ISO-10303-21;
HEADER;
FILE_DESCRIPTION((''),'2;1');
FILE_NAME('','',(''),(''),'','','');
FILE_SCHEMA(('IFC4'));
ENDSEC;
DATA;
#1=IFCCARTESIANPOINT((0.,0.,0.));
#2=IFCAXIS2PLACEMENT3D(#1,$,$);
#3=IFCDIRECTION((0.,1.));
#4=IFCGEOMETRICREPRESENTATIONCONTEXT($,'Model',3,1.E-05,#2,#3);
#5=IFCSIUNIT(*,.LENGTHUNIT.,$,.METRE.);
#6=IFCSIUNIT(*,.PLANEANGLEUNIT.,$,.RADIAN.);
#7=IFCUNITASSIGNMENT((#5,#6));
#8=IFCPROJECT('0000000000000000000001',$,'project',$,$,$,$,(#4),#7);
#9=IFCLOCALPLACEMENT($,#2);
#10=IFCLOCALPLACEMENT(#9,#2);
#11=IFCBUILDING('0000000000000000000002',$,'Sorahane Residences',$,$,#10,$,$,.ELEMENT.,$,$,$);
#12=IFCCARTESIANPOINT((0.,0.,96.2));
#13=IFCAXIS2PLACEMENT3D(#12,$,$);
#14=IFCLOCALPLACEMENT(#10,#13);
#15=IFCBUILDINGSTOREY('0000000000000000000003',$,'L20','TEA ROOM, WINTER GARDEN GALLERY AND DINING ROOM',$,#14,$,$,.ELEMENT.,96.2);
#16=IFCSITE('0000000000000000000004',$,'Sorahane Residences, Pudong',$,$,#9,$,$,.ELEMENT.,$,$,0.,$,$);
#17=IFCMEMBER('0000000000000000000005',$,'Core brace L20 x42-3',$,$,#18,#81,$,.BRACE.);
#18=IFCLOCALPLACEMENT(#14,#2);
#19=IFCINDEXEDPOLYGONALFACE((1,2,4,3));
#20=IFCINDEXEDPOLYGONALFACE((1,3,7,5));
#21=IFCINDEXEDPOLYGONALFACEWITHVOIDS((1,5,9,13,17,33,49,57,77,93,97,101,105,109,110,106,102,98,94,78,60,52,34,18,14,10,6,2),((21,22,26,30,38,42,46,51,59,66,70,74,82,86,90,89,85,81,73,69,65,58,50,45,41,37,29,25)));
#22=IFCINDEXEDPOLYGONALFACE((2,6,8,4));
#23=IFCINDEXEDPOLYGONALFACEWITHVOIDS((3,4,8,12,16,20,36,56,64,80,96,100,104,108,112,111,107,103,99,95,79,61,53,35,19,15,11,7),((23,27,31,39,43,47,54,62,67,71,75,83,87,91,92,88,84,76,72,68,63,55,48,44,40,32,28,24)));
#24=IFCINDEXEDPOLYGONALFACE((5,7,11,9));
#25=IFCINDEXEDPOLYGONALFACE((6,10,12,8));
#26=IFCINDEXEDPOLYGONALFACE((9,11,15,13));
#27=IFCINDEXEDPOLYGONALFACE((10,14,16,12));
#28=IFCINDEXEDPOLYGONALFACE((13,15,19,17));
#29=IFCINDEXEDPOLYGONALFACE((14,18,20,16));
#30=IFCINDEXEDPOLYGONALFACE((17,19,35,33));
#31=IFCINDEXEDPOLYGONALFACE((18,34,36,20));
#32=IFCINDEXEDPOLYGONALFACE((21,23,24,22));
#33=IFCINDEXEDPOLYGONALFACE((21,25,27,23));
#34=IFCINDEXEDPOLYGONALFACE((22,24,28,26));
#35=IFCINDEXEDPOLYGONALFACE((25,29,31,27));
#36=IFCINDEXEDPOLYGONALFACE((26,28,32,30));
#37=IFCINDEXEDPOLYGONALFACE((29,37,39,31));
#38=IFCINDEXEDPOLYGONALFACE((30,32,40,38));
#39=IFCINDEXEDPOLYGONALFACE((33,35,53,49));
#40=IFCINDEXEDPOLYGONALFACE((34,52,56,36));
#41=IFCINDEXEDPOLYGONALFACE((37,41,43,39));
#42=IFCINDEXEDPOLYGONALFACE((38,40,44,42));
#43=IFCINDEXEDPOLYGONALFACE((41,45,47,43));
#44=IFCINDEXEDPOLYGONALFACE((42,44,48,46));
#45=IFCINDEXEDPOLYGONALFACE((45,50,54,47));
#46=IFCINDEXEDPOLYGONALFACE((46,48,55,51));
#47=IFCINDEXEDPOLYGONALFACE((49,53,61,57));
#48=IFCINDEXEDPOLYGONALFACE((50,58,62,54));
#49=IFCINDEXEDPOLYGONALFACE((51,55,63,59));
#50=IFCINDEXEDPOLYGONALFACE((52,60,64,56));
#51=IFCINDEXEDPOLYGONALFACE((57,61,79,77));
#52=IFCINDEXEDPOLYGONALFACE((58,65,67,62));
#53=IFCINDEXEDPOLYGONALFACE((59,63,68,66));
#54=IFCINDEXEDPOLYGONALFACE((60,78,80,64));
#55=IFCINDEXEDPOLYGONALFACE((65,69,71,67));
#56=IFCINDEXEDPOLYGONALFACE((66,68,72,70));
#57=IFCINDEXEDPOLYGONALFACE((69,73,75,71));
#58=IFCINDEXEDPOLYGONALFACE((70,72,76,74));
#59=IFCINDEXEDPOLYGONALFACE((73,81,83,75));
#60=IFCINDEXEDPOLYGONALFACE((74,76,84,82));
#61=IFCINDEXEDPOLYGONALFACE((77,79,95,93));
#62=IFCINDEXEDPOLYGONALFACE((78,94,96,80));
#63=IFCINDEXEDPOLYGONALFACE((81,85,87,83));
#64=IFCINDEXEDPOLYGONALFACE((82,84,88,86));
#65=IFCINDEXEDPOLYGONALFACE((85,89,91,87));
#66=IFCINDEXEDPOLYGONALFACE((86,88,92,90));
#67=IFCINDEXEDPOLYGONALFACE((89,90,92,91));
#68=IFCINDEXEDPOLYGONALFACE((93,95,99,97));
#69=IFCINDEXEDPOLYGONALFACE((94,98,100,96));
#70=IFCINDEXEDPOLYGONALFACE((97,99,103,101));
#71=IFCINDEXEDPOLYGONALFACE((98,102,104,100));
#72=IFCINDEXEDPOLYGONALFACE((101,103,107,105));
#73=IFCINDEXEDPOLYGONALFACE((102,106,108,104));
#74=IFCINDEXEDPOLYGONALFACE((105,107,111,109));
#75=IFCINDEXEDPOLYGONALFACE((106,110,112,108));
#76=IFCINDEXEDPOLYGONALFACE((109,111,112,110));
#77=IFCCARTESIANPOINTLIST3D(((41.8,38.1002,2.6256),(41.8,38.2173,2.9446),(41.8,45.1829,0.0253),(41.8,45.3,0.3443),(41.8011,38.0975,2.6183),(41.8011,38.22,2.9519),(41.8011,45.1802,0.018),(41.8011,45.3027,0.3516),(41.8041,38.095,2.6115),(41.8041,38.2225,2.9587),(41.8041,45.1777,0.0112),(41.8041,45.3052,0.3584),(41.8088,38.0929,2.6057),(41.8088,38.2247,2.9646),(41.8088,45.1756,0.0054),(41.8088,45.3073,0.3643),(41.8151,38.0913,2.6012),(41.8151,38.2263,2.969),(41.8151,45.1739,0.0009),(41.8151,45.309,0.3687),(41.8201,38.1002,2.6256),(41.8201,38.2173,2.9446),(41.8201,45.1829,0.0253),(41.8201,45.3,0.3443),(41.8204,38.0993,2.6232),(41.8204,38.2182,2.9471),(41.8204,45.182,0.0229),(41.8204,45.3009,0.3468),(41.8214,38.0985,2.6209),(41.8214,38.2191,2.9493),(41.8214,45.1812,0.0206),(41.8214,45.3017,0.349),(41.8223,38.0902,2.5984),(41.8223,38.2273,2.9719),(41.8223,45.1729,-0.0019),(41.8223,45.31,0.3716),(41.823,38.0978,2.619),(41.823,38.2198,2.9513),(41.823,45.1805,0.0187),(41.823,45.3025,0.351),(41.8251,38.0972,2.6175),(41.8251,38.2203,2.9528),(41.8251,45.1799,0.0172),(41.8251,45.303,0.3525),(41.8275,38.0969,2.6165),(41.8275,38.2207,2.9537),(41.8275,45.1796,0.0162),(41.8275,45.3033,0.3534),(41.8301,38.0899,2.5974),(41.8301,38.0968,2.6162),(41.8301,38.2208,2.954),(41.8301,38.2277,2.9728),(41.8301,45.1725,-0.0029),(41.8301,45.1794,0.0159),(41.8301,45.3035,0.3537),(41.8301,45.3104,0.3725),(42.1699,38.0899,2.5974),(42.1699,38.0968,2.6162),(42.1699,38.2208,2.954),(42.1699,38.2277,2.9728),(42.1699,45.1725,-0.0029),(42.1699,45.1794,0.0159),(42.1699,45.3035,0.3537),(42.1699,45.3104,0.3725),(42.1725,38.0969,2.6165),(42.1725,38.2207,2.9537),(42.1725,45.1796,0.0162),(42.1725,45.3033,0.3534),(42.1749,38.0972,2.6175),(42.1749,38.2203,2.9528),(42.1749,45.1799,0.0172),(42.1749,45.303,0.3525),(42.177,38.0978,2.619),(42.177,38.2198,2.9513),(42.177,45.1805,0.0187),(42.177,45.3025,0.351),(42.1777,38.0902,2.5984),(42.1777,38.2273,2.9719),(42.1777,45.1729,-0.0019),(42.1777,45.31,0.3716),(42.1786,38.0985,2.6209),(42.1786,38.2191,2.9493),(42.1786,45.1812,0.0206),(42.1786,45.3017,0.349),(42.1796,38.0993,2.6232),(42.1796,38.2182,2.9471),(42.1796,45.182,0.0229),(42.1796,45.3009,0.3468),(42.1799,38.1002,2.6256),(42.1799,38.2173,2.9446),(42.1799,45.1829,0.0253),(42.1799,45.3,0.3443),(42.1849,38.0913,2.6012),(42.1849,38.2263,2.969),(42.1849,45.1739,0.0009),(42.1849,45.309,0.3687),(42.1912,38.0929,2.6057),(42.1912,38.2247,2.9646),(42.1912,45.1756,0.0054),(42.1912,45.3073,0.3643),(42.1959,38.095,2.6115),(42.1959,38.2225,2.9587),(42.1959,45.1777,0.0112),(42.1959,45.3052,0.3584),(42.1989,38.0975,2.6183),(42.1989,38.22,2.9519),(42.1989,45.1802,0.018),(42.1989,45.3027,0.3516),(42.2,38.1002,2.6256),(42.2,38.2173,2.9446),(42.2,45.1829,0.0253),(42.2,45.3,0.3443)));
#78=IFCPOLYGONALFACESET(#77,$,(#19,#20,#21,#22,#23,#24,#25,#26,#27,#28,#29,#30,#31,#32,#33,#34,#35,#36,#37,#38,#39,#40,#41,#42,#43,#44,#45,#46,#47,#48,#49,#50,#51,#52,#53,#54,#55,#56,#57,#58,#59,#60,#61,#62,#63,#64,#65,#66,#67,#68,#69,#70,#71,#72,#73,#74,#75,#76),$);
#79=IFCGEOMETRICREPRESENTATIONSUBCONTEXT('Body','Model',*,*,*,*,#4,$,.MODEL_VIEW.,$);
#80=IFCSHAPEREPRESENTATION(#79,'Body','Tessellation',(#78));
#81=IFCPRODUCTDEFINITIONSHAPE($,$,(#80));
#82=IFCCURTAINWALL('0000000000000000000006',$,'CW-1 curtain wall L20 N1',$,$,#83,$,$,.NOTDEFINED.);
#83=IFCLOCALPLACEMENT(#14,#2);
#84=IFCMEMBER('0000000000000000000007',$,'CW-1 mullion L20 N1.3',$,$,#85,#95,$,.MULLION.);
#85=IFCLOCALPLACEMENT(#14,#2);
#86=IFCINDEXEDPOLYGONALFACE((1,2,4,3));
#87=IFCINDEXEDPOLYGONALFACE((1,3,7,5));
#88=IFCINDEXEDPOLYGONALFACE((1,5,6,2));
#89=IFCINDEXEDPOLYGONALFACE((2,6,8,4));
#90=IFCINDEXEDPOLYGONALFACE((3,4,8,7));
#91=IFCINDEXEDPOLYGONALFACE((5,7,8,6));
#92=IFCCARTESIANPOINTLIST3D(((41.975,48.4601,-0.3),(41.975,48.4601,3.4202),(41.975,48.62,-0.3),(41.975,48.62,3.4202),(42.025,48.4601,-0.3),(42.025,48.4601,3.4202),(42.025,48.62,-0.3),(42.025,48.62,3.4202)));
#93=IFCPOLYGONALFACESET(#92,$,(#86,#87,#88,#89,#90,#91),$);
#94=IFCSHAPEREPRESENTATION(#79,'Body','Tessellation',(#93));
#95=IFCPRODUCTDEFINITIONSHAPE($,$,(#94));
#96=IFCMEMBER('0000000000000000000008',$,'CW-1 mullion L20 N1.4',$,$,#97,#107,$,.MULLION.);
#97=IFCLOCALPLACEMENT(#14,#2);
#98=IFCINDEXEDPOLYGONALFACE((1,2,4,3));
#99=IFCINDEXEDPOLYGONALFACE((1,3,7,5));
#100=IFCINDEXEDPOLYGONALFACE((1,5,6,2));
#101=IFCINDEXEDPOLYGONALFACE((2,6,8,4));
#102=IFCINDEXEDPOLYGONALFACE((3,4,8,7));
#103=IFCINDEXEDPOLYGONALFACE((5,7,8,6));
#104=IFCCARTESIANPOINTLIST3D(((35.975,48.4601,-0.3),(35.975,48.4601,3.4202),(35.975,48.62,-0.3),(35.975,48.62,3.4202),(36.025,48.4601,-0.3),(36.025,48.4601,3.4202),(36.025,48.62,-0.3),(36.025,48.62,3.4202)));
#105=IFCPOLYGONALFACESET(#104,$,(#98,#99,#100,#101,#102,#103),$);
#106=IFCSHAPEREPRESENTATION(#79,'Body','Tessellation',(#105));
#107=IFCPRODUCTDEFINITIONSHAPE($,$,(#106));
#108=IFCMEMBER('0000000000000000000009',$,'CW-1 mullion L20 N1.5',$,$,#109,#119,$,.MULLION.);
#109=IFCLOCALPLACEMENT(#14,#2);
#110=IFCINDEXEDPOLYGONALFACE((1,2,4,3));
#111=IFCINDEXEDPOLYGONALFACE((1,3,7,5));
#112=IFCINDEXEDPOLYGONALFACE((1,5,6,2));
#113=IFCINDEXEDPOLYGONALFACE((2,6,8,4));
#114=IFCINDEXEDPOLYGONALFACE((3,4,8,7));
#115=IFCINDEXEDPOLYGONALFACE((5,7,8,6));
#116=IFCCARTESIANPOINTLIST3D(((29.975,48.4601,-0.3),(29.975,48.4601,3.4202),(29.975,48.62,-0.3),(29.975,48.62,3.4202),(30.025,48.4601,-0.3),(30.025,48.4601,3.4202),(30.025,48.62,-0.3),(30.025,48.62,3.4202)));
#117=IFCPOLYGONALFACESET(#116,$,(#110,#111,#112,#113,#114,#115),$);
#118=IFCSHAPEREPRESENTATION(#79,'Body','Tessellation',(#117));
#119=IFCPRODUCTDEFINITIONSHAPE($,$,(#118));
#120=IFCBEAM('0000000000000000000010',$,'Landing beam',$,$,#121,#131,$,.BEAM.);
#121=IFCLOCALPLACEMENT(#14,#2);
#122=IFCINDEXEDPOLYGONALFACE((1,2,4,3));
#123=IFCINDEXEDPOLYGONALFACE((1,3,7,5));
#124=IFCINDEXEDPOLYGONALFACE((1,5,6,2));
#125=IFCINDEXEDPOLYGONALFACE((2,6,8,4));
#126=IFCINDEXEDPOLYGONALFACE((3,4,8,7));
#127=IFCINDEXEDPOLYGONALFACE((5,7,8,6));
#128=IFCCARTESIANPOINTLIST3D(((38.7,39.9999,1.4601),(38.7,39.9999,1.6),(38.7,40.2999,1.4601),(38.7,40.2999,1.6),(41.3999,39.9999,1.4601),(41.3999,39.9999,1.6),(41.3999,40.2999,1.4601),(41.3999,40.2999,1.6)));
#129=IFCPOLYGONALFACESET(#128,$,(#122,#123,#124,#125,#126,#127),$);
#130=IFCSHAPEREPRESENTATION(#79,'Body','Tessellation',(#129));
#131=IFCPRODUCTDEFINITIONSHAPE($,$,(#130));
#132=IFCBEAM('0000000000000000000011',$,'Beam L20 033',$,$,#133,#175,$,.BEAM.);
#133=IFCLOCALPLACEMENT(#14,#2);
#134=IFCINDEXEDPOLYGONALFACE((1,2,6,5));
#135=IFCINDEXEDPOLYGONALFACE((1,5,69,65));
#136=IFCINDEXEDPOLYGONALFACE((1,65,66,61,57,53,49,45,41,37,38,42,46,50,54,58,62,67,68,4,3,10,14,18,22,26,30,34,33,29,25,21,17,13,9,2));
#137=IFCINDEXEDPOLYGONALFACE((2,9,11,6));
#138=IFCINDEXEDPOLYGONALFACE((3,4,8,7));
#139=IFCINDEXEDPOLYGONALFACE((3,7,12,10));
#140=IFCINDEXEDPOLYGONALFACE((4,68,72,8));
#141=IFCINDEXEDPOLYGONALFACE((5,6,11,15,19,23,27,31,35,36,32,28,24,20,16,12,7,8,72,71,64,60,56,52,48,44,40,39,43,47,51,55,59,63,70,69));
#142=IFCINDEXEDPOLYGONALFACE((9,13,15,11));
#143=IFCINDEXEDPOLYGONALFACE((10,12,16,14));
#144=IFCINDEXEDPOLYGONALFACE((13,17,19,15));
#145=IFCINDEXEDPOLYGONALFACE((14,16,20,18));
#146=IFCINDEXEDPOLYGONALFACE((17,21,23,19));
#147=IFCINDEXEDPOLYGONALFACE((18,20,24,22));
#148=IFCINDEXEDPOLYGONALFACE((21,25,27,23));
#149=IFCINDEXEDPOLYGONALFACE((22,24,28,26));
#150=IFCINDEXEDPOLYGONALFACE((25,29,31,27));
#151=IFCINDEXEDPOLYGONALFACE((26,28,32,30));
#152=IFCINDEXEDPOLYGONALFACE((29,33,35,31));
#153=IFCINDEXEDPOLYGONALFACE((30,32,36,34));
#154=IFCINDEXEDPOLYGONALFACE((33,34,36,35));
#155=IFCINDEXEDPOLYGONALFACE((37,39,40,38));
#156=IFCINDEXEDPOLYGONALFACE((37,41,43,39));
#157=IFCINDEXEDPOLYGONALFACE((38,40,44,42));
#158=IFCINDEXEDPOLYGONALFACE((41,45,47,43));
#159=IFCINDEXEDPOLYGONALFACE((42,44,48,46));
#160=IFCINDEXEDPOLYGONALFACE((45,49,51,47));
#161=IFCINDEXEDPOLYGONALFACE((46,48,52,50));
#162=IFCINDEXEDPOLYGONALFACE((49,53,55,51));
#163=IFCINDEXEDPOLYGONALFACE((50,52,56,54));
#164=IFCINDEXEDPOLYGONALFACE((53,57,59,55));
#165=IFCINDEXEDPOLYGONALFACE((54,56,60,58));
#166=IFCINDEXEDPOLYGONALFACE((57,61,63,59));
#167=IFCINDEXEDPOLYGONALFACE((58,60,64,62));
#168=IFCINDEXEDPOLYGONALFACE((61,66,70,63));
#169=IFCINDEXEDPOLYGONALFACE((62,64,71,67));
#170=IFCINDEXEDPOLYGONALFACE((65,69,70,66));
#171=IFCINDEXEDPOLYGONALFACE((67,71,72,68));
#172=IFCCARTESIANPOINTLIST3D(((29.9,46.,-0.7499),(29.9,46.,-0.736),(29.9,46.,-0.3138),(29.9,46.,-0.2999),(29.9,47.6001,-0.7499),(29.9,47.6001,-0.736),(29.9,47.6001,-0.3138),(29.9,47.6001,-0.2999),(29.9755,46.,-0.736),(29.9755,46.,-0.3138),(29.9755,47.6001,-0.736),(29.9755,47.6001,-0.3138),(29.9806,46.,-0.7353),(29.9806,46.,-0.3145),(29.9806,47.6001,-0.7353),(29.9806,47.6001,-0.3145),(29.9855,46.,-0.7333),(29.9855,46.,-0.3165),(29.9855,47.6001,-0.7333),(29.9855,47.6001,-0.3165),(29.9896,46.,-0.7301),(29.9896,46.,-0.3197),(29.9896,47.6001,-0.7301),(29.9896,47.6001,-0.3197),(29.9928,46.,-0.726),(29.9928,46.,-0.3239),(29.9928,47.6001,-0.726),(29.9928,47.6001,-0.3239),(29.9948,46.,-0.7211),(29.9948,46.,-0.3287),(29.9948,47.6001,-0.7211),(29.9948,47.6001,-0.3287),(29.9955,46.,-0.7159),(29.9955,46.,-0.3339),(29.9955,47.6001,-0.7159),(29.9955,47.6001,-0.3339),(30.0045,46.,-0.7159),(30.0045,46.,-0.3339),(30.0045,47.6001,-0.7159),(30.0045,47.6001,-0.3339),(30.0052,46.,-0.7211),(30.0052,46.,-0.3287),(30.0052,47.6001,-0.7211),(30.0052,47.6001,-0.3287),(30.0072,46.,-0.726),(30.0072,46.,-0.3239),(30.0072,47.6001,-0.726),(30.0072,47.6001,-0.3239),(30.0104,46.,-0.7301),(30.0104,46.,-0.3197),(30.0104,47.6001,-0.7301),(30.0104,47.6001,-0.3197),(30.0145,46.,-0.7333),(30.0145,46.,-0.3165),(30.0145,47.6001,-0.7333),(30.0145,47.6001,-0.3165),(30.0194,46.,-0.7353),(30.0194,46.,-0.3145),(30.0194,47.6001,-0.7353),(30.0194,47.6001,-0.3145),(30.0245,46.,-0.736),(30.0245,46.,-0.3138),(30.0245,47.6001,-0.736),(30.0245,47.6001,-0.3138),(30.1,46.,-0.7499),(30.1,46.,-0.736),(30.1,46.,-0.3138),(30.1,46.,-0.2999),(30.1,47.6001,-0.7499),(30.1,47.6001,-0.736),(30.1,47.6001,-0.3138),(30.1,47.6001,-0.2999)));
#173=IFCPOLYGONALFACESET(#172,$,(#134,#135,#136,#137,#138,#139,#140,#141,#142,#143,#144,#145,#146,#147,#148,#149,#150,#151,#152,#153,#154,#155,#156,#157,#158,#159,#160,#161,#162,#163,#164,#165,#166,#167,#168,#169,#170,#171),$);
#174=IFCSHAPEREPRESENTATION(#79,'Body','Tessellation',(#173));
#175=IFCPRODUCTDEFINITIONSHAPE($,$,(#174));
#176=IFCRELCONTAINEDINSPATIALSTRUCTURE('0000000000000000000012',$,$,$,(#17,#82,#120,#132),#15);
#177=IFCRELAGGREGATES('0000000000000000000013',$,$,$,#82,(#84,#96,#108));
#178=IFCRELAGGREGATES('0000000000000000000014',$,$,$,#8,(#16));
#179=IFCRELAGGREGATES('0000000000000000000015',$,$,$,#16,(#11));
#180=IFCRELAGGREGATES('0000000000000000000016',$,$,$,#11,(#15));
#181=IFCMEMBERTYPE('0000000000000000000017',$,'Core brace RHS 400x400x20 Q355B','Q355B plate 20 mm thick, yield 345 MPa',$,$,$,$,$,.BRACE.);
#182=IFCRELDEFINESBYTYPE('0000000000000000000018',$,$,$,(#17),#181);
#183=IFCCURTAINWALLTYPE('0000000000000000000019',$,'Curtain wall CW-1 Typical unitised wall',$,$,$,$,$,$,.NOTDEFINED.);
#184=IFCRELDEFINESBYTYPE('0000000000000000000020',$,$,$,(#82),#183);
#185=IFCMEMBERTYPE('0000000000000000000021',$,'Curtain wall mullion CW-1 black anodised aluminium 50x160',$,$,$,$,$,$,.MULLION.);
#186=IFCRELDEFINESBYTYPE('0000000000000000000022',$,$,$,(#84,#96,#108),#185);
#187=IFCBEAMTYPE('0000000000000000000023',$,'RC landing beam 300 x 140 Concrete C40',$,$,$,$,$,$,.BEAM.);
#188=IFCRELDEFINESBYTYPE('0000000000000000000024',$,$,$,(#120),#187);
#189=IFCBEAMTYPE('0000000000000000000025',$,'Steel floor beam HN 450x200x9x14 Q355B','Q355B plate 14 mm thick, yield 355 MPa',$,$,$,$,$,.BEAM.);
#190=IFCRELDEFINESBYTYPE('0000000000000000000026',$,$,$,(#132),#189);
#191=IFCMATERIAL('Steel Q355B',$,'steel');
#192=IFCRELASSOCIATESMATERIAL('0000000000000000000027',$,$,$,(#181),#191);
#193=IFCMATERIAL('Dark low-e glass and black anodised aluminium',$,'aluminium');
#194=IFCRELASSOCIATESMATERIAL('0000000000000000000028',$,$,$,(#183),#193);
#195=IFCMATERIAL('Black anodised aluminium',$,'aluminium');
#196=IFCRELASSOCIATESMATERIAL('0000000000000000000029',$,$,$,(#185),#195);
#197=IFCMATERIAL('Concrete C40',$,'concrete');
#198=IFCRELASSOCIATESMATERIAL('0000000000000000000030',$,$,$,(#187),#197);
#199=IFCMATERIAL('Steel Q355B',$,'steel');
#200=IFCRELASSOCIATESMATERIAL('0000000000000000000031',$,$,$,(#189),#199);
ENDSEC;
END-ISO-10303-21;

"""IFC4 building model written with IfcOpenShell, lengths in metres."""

from ifc_helpers import new_model, si_unit, direction, frame, origin, origin_2d, place, context, subcontext, project, spatial, rectangle, hollow_rectangle, i_section, extrude, material, material_profile, profile_set, type_object, element, aggregate, save


model = new_model("IFC4")

# Units and contexts
model_context = context("Model", 3, precision=1e-05, world=origin(), true_north=direction((0.0, 1.0)))
body_context = subcontext(model_context, "Body", "Model", "MODEL_VIEW")
ifc_project = project(units=[si_unit("LENGTHUNIT", "METRE"), si_unit("PLANEANGLEUNIT", "RADIAN")], contexts=[model_context])

# Site, building, storey
site_placement = place(None, origin())
site = spatial("IfcSite", under=ifc_project, at=site_placement, Name="Sorahane Residences, Pudong", CompositionType="ELEMENT", RefElevation=0.0)
building_placement = place(site_placement, origin())
building = spatial("IfcBuilding", under=site, at=building_placement, Name="Sorahane Residences", CompositionType="ELEMENT")
storey_placement = place(building_placement, frame((0.0, 0.0, 96.2)))
storey = spatial("IfcBuildingStorey", under=building, at=storey_placement, Name="L20", Description="TEA ROOM, WINTER GARDEN GALLERY AND DINING ROOM", CompositionType="ELEMENT", Elevation=96.2)

# Member
ifc_material_1 = material(Name="Steel Q355B", Category="steel")
ifc_material_profile_1 = material_profile(ifc_material_1, hollow_rectangle(XDim=0.3999, YDim=0.3999, WallThickness=0.02, InnerFilletRadius=0.01, OuterFilletRadius=0.03, at=origin_2d()), Name="RHS 400x400x20")
ifc_profile_set_1 = profile_set([ifc_material_profile_1], Name="Steel Q355B")
member_type_1 = type_object("IfcMemberType", Name="Core brace RHS 400x400x20 Q355B", Description="Q355B plate 20 mm thick, yield 345 MPa", PredefinedType="BRACE", material=ifc_profile_set_1)
member_1_placement = place(storey_placement, frame((42.0, 45.2415, 0.1848), z_axis=(0.0, -0.938734, 0.344643), x_axis=(1.0, 0.0, 0.0)))
element("IfcMember", 1, at=member_1_placement, inside=storey, type_object=member_type_1, Name="Core brace L20 x42-3", PredefinedType="BRACE", context=body_context, shape_type="SweptSolid", body=[
    extrude(hollow_rectangle(XDim=0.3999, YDim=0.3999, WallThickness=0.02, InnerFilletRadius=0.01, OuterFilletRadius=0.03, at=origin_2d()), origin(), (0.0, 0.0, 1.0), 7.5449),
])

# Curtain wall, members
ifc_material_2 = material(Name="Dark low-e glass and black anodised aluminium", Category="aluminium")
curtain_wall_type = type_object("IfcCurtainWallType", Name="Curtain wall CW-1 Typical unitised wall", PredefinedType="NOTDEFINED", material=ifc_material_2)
curtain_wall_placement = place(storey_placement, origin())
curtain_wall = element("IfcCurtainWall", 2, at=curtain_wall_placement, inside=storey, type_object=curtain_wall_type, Name="CW-1 curtain wall L20 N1", PredefinedType="NOTDEFINED")
ifc_material_3 = material(Name="Black anodised aluminium", Category="aluminium")
ifc_material_profile_2 = material_profile(ifc_material_3, rectangle(XDim=0.1599, YDim=0.05, at=origin_2d()), Name="Curtain wall mullion CW-1 black anodised aluminium 50x160")
ifc_profile_set_2 = profile_set([ifc_material_profile_2], Name="Black anodised aluminium")
member_type_2 = type_object("IfcMemberType", Name="Curtain wall mullion CW-1 black anodised aluminium 50x160", PredefinedType="MULLION", material=ifc_profile_set_2)
member_2_placement = place(storey_placement, frame((42.0, 48.54, -0.3), z_axis=(0.0, 0.0, 1.0), x_axis=(0.0, 1.0, 0.0)))
member_2 = element("IfcMember", 3, at=member_2_placement, type_object=member_type_2, Name="CW-1 mullion L20 N1.3", PredefinedType="MULLION", context=body_context, shape_type="SweptSolid", body=[
    extrude(rectangle(XDim=0.1599, YDim=0.05, at=origin_2d()), origin(), (0.0, 0.0, 1.0), 3.7202),
])
member_3_placement = place(storey_placement, frame((36.0, 48.54, -0.3), z_axis=(0.0, 0.0, 1.0), x_axis=(0.0, 1.0, 0.0)))
member_3 = element("IfcMember", 4, at=member_3_placement, type_object=member_type_2, Name="CW-1 mullion L20 N1.4", PredefinedType="MULLION", context=body_context, shape_type="SweptSolid", body=[
    extrude(rectangle(XDim=0.1599, YDim=0.05, at=origin_2d()), origin(), (0.0, 0.0, 1.0), 3.7202),
])
member_4_placement = place(storey_placement, frame((30.0, 48.54, -0.3), z_axis=(0.0, 0.0, 1.0), x_axis=(0.0, 1.0, 0.0)))
member_4 = element("IfcMember", 5, at=member_4_placement, type_object=member_type_2, Name="CW-1 mullion L20 N1.5", PredefinedType="MULLION", context=body_context, shape_type="SweptSolid", body=[
    extrude(rectangle(XDim=0.1599, YDim=0.05, at=origin_2d()), origin(), (0.0, 0.0, 1.0), 3.7202),
])

# Beams
ifc_material_4 = material(Name="Concrete C40", Category="concrete")
ifc_material_profile_3 = material_profile(ifc_material_4, rectangle(XDim=0.3, YDim=0.1399, at=origin_2d()), Name="300x140")
ifc_profile_set_3 = profile_set([ifc_material_profile_3], Name="Concrete C40")
beam_type_1 = type_object("IfcBeamType", Name="RC landing beam 300 x 140 Concrete C40", PredefinedType="BEAM", material=ifc_profile_set_3)
beam_1_placement = place(storey_placement, frame((38.7, 40.1499, 1.53), z_axis=(1.0, 0.0, 0.0), x_axis=(0.0, 1.0, 0.0)))
element("IfcBeam", 6, at=beam_1_placement, inside=storey, type_object=beam_type_1, Name="Landing beam", PredefinedType="BEAM", context=body_context, shape_type="SweptSolid", body=[
    extrude(rectangle(XDim=0.3, YDim=0.1399, at=origin_2d()), origin(), (0.0, 0.0, 1.0), 2.7),
])
ifc_material_5 = material(Name="Steel Q355B", Category="steel")
ifc_material_profile_4 = material_profile(ifc_material_5, i_section(OverallWidth=0.2, OverallDepth=0.45, WebThickness=0.009, FlangeThickness=0.0139, FilletRadius=0.02, at=origin_2d()), Name="HN 450x200x9x14")
ifc_profile_set_4 = profile_set([ifc_material_profile_4], Name="Steel Q355B")
beam_type_2 = type_object("IfcBeamType", Name="Steel floor beam HN 450x200x9x14 Q355B", Description="Q355B plate 14 mm thick, yield 355 MPa", PredefinedType="BEAM", material=ifc_profile_set_4)
beam_2_placement = place(storey_placement, frame((30.0, 46.0, -0.5249), z_axis=(0.0, 1.0, 0.0), x_axis=(-1.0, 0.0, 0.0)))
element("IfcBeam", 7, at=beam_2_placement, inside=storey, type_object=beam_type_2, Name="Beam L20 033", PredefinedType="BEAM", context=body_context, shape_type="SweptSolid", body=[
    extrude(i_section(OverallWidth=0.2, OverallDepth=0.45, WebThickness=0.009, FlangeThickness=0.0139, FilletRadius=0.02, at=origin_2d()), origin(), (0.0, 0.0, 1.0), 1.6001),
])

aggregate(curtain_wall, [member_2, member_3, member_4])

save(model, "model.ifc")
